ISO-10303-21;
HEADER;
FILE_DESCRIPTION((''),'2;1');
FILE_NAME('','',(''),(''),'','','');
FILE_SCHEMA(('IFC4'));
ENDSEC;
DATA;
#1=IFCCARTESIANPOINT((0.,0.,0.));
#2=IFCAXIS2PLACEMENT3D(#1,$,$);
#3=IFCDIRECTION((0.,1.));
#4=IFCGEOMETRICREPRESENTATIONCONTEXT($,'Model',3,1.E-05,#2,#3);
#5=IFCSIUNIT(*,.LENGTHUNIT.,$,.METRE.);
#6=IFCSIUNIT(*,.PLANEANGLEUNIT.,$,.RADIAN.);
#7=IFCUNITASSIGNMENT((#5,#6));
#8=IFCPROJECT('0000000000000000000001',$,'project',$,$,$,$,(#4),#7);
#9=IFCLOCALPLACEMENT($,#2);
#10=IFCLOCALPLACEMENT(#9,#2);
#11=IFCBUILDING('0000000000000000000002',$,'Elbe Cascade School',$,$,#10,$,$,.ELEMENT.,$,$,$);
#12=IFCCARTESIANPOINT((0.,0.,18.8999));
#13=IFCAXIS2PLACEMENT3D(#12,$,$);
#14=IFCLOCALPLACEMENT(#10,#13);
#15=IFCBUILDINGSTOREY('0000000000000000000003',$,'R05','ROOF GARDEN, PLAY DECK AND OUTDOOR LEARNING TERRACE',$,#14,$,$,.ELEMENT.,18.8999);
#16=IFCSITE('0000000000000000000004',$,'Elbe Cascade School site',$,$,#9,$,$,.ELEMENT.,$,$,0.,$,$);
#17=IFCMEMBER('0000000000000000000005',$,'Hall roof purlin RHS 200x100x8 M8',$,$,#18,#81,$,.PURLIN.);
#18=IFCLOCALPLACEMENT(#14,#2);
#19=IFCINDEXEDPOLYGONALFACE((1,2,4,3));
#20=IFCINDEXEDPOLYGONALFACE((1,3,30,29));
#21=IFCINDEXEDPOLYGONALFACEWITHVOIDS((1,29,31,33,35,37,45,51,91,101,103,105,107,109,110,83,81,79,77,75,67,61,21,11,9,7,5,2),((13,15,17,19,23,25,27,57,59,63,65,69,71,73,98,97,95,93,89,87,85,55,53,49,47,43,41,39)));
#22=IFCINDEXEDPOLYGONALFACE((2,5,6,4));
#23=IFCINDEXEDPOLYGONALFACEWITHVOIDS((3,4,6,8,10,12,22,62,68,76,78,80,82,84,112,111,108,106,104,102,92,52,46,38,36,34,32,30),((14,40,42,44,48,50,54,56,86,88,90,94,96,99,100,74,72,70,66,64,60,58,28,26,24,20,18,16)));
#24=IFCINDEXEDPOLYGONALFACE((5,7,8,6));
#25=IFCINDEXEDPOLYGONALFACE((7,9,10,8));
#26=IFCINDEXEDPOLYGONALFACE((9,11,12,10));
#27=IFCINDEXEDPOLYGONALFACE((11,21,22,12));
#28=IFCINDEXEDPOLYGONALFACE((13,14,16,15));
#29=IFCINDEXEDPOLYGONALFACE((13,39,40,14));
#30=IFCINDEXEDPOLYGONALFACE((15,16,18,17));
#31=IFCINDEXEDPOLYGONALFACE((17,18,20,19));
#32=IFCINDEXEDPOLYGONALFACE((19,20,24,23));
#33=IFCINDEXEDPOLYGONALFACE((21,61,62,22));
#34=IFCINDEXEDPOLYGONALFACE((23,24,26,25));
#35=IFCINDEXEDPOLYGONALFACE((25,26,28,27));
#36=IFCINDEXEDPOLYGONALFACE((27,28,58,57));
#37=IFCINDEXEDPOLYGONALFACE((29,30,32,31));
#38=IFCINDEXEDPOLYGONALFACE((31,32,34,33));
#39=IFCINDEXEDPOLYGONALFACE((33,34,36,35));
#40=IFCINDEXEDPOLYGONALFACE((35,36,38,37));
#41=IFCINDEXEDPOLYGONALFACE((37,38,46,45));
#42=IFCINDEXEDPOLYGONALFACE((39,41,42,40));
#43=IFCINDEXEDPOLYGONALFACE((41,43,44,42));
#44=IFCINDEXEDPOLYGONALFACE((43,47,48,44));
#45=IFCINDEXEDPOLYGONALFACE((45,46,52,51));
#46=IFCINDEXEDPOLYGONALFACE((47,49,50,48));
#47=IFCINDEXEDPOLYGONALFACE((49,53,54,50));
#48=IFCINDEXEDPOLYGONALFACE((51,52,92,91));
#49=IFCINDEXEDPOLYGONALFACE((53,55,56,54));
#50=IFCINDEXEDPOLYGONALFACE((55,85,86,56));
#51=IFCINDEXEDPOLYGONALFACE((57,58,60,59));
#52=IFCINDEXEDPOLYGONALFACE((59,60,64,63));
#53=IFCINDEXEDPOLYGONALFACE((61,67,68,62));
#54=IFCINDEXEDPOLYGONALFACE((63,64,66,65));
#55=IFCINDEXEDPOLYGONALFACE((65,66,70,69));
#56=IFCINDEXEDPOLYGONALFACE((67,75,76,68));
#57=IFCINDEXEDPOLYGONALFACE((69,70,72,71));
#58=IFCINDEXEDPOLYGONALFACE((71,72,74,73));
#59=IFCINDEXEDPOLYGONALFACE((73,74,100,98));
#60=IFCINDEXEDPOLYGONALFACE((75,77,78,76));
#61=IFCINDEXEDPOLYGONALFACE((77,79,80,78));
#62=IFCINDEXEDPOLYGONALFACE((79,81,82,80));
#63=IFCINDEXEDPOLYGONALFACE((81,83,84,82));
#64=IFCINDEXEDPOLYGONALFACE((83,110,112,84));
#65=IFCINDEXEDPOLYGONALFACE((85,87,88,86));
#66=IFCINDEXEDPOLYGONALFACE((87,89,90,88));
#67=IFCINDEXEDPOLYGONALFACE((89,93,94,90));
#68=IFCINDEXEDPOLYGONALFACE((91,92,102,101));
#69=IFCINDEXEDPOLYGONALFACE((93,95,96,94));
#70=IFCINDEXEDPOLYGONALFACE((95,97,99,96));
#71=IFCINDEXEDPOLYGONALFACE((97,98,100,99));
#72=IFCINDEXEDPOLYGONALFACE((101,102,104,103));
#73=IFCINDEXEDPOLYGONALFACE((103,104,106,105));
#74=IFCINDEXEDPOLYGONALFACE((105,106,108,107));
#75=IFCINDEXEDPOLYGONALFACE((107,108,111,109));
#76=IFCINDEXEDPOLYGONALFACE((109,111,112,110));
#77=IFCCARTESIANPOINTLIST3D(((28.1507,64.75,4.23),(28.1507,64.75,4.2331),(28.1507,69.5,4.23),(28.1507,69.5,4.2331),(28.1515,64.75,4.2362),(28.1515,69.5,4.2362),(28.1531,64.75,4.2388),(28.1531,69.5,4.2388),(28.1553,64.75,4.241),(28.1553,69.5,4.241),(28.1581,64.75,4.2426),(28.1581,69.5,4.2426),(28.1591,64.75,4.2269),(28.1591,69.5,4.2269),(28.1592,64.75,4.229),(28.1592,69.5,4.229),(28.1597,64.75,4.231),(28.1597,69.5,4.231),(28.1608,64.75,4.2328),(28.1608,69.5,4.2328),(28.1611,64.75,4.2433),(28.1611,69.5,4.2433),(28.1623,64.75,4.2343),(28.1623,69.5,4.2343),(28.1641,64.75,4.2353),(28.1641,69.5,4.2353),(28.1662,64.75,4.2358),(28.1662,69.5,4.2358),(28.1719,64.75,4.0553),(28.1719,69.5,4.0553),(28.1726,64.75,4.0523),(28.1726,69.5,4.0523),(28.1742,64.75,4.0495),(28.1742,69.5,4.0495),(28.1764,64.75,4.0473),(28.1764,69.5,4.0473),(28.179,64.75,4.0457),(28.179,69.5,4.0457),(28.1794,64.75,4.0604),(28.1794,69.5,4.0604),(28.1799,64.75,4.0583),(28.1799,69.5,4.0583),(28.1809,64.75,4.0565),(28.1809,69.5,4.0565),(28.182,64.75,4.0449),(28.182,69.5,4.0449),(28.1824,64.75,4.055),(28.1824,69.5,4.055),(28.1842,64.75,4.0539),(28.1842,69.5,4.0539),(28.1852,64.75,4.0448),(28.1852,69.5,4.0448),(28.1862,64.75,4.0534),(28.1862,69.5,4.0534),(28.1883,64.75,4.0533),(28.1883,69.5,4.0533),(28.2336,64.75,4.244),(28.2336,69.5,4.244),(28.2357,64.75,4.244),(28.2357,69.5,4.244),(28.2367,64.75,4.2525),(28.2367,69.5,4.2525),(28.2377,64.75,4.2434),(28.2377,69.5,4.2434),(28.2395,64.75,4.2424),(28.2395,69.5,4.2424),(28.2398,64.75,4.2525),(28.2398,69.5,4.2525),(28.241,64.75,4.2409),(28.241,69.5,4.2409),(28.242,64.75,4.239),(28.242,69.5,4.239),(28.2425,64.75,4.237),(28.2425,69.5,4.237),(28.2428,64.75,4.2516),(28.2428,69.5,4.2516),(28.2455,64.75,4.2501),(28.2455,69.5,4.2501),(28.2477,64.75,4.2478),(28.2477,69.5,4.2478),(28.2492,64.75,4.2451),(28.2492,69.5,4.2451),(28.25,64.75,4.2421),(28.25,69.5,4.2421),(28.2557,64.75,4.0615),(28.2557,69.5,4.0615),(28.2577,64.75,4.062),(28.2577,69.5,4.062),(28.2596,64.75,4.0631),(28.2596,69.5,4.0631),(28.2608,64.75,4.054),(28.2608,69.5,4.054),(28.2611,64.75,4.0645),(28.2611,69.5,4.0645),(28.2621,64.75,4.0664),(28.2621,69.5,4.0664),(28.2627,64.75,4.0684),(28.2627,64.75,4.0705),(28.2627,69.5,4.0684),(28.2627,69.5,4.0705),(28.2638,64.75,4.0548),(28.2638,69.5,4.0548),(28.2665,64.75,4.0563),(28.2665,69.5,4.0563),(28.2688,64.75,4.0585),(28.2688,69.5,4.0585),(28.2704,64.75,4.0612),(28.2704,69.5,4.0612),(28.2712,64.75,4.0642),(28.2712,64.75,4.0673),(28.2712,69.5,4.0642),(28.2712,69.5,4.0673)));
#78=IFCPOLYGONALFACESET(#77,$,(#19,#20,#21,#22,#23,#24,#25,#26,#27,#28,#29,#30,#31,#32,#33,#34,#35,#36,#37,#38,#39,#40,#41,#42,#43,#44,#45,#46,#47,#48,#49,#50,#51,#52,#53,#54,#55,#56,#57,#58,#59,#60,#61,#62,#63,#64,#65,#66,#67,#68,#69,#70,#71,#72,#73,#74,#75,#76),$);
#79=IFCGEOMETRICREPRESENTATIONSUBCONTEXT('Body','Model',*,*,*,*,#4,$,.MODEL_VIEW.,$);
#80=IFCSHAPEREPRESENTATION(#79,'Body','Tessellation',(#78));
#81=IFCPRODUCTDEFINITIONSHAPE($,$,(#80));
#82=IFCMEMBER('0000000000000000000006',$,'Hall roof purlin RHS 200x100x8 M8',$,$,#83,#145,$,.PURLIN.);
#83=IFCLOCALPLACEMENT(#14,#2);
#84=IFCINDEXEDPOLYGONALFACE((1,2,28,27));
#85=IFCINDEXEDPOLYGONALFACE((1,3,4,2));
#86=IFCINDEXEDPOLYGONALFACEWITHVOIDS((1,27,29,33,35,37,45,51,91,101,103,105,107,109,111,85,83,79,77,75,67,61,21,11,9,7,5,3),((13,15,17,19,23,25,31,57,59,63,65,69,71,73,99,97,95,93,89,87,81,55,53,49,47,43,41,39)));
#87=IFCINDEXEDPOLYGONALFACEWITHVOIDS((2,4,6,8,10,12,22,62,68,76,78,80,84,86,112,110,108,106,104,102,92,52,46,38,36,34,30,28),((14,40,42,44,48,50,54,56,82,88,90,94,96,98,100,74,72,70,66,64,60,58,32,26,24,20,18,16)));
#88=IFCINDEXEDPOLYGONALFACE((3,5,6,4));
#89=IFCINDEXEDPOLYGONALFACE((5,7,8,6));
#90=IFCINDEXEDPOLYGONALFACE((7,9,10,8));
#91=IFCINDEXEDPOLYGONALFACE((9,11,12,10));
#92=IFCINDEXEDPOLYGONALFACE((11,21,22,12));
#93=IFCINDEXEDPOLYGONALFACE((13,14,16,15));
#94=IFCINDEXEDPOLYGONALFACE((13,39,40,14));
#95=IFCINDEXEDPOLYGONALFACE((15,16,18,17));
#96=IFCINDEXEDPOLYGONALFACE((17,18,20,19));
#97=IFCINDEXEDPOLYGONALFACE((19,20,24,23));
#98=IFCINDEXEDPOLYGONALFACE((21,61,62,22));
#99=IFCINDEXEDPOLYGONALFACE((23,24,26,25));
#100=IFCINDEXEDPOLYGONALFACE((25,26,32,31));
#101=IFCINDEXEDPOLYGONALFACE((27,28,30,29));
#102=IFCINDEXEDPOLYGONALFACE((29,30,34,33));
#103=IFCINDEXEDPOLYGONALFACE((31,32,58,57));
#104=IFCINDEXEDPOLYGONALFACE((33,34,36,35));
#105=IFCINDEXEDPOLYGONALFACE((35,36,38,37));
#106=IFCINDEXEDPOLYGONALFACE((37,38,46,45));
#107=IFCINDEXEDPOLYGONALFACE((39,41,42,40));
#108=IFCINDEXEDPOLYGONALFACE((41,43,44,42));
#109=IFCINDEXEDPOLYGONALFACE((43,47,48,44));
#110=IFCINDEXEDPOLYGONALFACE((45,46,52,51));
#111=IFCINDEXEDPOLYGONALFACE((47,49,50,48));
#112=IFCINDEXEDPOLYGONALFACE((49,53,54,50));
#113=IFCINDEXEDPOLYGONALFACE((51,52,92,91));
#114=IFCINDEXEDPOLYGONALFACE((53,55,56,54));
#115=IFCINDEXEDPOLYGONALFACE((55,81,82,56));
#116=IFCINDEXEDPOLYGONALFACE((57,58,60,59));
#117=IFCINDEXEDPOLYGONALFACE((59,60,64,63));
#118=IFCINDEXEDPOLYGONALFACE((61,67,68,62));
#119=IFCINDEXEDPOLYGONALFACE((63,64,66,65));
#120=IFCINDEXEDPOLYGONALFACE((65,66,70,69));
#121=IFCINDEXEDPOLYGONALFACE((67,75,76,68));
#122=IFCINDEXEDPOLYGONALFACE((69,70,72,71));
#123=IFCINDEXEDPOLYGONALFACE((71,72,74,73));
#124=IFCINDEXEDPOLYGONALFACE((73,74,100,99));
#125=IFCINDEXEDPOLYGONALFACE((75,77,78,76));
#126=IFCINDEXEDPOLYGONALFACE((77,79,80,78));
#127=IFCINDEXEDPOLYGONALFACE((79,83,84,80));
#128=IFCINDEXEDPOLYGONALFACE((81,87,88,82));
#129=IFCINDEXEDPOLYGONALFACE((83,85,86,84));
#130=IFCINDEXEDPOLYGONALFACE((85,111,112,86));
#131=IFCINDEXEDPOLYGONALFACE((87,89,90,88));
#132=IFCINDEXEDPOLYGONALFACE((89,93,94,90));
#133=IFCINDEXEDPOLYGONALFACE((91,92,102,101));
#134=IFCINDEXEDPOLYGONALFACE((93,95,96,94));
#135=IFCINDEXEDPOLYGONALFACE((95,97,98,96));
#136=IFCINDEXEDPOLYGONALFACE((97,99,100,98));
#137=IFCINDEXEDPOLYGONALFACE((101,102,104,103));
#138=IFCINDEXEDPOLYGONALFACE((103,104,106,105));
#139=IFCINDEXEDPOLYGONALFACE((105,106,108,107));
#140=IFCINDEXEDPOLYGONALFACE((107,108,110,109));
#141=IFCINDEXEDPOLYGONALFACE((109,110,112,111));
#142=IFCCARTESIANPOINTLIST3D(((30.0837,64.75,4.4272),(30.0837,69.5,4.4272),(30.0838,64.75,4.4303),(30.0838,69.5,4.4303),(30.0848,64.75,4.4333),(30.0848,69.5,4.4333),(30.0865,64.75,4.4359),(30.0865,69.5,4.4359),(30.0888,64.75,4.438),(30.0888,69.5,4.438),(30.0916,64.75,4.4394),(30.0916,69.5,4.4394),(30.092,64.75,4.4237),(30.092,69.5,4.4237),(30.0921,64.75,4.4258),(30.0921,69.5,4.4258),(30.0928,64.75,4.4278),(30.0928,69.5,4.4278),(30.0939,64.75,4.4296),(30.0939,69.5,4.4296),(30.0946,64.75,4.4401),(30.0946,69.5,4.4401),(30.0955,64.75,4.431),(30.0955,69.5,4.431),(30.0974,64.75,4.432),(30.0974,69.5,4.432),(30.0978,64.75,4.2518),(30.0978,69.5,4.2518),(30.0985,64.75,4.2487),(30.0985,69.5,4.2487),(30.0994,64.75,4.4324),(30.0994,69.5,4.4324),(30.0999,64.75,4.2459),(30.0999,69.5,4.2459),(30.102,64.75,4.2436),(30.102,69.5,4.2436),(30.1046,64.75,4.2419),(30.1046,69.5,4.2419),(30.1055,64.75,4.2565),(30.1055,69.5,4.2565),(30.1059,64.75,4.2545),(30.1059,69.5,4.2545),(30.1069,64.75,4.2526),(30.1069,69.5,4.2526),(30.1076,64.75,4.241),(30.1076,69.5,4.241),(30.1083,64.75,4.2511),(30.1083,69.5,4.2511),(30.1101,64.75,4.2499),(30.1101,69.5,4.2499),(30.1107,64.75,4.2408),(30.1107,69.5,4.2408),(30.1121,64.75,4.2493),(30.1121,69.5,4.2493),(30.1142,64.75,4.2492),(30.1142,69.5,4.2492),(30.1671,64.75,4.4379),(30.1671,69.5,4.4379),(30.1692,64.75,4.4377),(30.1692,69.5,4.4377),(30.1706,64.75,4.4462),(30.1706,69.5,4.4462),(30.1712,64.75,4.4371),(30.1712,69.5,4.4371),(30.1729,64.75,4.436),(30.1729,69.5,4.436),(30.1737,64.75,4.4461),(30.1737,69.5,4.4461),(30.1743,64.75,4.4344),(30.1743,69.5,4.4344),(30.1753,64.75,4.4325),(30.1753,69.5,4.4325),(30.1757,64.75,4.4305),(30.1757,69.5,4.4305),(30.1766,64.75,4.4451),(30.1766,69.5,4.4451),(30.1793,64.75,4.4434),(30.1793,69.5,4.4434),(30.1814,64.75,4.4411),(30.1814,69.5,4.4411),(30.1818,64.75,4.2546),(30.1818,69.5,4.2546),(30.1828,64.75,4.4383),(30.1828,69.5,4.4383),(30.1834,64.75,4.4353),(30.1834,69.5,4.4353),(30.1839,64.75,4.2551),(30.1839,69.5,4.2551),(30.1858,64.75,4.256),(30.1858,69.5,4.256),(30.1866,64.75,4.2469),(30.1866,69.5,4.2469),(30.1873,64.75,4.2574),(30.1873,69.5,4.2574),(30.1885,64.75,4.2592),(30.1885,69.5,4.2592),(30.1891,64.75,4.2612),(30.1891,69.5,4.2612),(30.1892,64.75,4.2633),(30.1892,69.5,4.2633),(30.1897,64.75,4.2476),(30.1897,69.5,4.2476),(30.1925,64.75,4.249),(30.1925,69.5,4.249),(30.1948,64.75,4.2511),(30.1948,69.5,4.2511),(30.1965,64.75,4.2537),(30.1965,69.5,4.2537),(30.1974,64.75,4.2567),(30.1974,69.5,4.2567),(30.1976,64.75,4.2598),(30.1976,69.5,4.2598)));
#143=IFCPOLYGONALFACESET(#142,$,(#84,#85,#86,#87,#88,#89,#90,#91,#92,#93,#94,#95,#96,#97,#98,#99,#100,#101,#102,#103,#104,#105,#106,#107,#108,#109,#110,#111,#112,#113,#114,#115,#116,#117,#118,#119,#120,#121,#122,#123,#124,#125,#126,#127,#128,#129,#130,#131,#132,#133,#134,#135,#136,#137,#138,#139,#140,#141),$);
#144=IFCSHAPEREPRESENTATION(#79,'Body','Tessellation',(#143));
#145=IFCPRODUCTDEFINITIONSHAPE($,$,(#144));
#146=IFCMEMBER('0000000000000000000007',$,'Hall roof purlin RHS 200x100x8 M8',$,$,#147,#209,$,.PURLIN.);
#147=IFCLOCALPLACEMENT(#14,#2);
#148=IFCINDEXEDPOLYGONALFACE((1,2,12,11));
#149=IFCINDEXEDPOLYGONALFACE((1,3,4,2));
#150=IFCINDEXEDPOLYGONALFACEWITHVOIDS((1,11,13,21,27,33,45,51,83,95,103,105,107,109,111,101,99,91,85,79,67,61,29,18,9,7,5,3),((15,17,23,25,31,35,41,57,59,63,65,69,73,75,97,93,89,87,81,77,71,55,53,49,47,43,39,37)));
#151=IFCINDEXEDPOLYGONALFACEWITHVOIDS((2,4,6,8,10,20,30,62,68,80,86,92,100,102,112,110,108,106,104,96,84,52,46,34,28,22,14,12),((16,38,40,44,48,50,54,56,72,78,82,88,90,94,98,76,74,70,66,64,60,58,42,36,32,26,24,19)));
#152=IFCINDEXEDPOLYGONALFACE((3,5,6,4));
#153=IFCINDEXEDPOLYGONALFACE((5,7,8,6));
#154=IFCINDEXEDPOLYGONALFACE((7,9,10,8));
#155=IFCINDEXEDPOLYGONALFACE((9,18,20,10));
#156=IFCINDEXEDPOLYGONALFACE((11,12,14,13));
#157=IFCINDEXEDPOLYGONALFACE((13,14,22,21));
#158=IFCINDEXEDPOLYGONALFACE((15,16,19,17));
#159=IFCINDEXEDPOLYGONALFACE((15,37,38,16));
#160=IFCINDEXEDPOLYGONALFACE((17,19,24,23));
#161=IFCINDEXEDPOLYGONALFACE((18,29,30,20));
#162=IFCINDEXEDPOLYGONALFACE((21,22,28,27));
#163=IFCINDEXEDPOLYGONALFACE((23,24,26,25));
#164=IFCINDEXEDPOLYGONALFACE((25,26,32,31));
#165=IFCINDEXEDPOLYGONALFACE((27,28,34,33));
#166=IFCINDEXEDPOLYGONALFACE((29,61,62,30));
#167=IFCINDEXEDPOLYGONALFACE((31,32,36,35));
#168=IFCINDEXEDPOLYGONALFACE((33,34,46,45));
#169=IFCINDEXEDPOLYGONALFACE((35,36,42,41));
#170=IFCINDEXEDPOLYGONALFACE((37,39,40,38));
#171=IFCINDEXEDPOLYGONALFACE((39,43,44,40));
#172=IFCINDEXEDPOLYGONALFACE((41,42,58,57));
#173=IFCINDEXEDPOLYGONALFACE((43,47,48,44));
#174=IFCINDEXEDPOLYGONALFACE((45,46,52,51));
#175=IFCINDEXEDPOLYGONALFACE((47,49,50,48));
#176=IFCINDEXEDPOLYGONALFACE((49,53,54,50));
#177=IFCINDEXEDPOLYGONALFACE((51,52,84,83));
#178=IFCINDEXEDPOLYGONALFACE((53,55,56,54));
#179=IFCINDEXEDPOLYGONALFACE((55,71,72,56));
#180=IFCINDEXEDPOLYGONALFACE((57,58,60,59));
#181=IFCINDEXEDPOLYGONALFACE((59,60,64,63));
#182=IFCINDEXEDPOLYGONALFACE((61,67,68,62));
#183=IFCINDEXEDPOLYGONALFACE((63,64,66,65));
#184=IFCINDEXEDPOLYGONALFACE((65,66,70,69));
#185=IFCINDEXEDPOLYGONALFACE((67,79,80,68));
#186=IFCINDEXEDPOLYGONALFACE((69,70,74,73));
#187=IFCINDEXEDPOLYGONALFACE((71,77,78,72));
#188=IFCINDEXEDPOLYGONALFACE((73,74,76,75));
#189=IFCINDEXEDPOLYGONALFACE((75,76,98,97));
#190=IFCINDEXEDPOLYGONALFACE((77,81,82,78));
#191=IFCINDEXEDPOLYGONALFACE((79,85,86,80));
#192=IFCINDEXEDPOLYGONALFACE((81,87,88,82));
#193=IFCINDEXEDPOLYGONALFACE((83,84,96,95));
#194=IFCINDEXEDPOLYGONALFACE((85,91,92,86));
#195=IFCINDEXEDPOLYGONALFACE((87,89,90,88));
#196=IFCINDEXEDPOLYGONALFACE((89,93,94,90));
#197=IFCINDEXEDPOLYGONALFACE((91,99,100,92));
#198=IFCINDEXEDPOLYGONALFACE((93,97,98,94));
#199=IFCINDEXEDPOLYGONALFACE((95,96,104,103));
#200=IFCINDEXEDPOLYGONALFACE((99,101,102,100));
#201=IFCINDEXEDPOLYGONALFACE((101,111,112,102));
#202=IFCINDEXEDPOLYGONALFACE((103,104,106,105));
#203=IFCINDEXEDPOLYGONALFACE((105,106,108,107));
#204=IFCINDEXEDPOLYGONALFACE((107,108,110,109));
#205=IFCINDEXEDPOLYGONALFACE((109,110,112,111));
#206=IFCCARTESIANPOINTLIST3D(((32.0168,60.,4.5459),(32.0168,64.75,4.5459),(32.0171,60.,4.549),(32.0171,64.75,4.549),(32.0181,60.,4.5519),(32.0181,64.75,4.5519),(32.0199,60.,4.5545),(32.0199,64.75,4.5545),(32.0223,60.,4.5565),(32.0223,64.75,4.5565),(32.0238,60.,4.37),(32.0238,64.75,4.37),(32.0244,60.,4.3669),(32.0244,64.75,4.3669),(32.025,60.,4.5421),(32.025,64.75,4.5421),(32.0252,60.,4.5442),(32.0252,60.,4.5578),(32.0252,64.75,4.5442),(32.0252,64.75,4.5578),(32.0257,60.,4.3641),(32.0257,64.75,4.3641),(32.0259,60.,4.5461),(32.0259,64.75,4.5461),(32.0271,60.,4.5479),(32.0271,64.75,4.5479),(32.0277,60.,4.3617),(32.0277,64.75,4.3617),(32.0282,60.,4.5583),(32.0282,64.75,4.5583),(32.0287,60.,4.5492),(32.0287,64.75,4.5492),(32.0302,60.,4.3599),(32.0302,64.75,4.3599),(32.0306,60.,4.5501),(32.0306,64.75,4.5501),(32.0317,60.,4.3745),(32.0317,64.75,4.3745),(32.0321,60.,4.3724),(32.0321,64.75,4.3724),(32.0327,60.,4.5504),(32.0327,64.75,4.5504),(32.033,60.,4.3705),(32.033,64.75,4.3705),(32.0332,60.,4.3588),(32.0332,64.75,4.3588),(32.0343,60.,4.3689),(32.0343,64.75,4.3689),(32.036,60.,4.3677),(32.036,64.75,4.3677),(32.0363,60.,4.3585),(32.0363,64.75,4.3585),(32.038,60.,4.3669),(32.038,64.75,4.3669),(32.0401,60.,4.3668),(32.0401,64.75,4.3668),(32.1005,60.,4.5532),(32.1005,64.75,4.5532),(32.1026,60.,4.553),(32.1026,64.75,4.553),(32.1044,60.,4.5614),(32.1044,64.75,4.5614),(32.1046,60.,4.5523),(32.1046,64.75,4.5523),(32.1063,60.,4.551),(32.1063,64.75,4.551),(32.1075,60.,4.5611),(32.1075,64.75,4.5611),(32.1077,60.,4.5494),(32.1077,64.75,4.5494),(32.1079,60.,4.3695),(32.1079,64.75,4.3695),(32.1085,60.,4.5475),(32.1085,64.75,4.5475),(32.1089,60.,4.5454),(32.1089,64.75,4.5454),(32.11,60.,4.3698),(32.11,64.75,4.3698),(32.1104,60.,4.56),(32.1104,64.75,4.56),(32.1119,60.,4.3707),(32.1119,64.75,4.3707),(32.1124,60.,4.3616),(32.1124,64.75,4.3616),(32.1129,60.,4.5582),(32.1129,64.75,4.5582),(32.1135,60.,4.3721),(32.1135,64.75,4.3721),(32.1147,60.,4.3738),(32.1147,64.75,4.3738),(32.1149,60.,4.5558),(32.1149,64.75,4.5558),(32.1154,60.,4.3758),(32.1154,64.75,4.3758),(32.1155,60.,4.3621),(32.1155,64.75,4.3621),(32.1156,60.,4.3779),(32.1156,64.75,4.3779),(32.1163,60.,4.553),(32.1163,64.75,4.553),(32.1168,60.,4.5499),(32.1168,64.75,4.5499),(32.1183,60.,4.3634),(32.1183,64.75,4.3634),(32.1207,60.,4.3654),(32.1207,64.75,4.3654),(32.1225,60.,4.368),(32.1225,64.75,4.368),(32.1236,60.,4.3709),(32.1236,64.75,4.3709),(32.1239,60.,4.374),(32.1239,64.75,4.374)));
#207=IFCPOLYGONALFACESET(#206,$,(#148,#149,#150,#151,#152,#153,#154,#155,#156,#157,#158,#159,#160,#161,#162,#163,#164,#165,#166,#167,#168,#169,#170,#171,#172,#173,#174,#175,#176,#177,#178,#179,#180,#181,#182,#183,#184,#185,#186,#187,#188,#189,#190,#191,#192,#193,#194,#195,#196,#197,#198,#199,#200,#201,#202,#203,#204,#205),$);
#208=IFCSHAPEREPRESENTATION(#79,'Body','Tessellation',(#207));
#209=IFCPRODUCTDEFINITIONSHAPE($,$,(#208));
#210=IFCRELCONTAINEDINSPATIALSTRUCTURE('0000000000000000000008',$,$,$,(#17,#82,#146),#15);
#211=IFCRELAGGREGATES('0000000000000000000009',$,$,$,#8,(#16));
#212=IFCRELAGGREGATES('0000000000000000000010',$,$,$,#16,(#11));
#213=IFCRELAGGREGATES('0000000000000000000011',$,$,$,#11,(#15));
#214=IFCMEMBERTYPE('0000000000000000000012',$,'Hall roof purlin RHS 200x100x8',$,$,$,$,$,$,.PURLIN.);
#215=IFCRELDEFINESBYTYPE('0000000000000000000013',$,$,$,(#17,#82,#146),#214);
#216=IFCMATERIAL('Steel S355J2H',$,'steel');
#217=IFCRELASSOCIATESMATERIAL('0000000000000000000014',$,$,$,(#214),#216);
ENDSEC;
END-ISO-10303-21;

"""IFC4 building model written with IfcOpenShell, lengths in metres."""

from ifc_helpers import new_model, si_unit, direction, frame, origin, origin_2d, place, context, subcontext, project, spatial, hollow_rectangle, extrude, material, material_profile, profile_set, type_object, element, save


model = new_model("IFC4")

# Units and contexts
model_context = context("Model", 3, precision=1e-05, world=origin(), true_north=direction((0.0, 1.0)))
body_context = subcontext(model_context, "Body", "Model", "MODEL_VIEW")
ifc_project = project(units=[si_unit("LENGTHUNIT", "METRE"), si_unit("PLANEANGLEUNIT", "RADIAN")], contexts=[model_context])

# Site, building, storey
site_placement = place(None, origin())
site = spatial("IfcSite", under=ifc_project, at=site_placement, Name="Elbe Cascade School site", CompositionType="ELEMENT", RefElevation=0.0)
building_placement = place(site_placement, origin())
building = spatial("IfcBuilding", under=site, at=building_placement, Name="Elbe Cascade School", CompositionType="ELEMENT")
storey_placement = place(building_placement, frame((0.0, 0.0, 18.8999)))
storey = spatial("IfcBuildingStorey", under=building, at=storey_placement, Name="R05", Description="ROOF GARDEN, PLAY DECK AND OUTDOOR LEARNING TERRACE", CompositionType="ELEMENT", Elevation=18.8999)

# Members
ifc_material_1 = material(Name="Steel S355J2H", Category="steel")
ifc_material_profile_1 = material_profile(ifc_material_1, hollow_rectangle(XDim=0.1001, YDim=0.2, WallThickness=0.0081, InnerFilletRadius=0.0081, OuterFilletRadius=0.012, at=origin_2d()), Name="RHS 200x100x8")
ifc_profile_set_1 = profile_set([ifc_material_profile_1], Name="Steel S355J2H")
member_type_1 = type_object("IfcMemberType", Name="Hall roof purlin RHS 200x100x8", PredefinedType="PURLIN", material=ifc_profile_set_1)
for number, where, z_axis, x_axis, name in (
    (1, (28.2109, 64.75, 4.1487), (0.0, 1.0, 0.0), (-0.992718, 0.0, -0.120463), "Hall roof purlin RHS 200x100x8 M8"),
    (2, (30.1406, 64.75, 4.3435), (0.0, 1.0, 0.0), (-0.99677, 0.0, -0.080309), "Hall roof purlin RHS 200x100x8 M8"),
    (3, (32.0703, 60.0, 4.46), (0.0, 1.0, 0.0), (-0.999193, 0.0, -0.040154), "Hall roof purlin RHS 200x100x8 M8"),
):
    element("IfcMember", number, at=place(storey_placement, frame(where, z_axis=z_axis, x_axis=x_axis)), inside=storey, type_object=member_type_1, Name=name, PredefinedType="PURLIN", context=body_context, shape_type="SweptSolid", body=[
        extrude(hollow_rectangle(XDim=0.1001, YDim=0.2, WallThickness=0.0081, InnerFilletRadius=0.0081, OuterFilletRadius=0.012, at=origin_2d()), origin(), (0.0, 0.0, 1.0), 4.75),
    ])

save(model, "model.ifc")
